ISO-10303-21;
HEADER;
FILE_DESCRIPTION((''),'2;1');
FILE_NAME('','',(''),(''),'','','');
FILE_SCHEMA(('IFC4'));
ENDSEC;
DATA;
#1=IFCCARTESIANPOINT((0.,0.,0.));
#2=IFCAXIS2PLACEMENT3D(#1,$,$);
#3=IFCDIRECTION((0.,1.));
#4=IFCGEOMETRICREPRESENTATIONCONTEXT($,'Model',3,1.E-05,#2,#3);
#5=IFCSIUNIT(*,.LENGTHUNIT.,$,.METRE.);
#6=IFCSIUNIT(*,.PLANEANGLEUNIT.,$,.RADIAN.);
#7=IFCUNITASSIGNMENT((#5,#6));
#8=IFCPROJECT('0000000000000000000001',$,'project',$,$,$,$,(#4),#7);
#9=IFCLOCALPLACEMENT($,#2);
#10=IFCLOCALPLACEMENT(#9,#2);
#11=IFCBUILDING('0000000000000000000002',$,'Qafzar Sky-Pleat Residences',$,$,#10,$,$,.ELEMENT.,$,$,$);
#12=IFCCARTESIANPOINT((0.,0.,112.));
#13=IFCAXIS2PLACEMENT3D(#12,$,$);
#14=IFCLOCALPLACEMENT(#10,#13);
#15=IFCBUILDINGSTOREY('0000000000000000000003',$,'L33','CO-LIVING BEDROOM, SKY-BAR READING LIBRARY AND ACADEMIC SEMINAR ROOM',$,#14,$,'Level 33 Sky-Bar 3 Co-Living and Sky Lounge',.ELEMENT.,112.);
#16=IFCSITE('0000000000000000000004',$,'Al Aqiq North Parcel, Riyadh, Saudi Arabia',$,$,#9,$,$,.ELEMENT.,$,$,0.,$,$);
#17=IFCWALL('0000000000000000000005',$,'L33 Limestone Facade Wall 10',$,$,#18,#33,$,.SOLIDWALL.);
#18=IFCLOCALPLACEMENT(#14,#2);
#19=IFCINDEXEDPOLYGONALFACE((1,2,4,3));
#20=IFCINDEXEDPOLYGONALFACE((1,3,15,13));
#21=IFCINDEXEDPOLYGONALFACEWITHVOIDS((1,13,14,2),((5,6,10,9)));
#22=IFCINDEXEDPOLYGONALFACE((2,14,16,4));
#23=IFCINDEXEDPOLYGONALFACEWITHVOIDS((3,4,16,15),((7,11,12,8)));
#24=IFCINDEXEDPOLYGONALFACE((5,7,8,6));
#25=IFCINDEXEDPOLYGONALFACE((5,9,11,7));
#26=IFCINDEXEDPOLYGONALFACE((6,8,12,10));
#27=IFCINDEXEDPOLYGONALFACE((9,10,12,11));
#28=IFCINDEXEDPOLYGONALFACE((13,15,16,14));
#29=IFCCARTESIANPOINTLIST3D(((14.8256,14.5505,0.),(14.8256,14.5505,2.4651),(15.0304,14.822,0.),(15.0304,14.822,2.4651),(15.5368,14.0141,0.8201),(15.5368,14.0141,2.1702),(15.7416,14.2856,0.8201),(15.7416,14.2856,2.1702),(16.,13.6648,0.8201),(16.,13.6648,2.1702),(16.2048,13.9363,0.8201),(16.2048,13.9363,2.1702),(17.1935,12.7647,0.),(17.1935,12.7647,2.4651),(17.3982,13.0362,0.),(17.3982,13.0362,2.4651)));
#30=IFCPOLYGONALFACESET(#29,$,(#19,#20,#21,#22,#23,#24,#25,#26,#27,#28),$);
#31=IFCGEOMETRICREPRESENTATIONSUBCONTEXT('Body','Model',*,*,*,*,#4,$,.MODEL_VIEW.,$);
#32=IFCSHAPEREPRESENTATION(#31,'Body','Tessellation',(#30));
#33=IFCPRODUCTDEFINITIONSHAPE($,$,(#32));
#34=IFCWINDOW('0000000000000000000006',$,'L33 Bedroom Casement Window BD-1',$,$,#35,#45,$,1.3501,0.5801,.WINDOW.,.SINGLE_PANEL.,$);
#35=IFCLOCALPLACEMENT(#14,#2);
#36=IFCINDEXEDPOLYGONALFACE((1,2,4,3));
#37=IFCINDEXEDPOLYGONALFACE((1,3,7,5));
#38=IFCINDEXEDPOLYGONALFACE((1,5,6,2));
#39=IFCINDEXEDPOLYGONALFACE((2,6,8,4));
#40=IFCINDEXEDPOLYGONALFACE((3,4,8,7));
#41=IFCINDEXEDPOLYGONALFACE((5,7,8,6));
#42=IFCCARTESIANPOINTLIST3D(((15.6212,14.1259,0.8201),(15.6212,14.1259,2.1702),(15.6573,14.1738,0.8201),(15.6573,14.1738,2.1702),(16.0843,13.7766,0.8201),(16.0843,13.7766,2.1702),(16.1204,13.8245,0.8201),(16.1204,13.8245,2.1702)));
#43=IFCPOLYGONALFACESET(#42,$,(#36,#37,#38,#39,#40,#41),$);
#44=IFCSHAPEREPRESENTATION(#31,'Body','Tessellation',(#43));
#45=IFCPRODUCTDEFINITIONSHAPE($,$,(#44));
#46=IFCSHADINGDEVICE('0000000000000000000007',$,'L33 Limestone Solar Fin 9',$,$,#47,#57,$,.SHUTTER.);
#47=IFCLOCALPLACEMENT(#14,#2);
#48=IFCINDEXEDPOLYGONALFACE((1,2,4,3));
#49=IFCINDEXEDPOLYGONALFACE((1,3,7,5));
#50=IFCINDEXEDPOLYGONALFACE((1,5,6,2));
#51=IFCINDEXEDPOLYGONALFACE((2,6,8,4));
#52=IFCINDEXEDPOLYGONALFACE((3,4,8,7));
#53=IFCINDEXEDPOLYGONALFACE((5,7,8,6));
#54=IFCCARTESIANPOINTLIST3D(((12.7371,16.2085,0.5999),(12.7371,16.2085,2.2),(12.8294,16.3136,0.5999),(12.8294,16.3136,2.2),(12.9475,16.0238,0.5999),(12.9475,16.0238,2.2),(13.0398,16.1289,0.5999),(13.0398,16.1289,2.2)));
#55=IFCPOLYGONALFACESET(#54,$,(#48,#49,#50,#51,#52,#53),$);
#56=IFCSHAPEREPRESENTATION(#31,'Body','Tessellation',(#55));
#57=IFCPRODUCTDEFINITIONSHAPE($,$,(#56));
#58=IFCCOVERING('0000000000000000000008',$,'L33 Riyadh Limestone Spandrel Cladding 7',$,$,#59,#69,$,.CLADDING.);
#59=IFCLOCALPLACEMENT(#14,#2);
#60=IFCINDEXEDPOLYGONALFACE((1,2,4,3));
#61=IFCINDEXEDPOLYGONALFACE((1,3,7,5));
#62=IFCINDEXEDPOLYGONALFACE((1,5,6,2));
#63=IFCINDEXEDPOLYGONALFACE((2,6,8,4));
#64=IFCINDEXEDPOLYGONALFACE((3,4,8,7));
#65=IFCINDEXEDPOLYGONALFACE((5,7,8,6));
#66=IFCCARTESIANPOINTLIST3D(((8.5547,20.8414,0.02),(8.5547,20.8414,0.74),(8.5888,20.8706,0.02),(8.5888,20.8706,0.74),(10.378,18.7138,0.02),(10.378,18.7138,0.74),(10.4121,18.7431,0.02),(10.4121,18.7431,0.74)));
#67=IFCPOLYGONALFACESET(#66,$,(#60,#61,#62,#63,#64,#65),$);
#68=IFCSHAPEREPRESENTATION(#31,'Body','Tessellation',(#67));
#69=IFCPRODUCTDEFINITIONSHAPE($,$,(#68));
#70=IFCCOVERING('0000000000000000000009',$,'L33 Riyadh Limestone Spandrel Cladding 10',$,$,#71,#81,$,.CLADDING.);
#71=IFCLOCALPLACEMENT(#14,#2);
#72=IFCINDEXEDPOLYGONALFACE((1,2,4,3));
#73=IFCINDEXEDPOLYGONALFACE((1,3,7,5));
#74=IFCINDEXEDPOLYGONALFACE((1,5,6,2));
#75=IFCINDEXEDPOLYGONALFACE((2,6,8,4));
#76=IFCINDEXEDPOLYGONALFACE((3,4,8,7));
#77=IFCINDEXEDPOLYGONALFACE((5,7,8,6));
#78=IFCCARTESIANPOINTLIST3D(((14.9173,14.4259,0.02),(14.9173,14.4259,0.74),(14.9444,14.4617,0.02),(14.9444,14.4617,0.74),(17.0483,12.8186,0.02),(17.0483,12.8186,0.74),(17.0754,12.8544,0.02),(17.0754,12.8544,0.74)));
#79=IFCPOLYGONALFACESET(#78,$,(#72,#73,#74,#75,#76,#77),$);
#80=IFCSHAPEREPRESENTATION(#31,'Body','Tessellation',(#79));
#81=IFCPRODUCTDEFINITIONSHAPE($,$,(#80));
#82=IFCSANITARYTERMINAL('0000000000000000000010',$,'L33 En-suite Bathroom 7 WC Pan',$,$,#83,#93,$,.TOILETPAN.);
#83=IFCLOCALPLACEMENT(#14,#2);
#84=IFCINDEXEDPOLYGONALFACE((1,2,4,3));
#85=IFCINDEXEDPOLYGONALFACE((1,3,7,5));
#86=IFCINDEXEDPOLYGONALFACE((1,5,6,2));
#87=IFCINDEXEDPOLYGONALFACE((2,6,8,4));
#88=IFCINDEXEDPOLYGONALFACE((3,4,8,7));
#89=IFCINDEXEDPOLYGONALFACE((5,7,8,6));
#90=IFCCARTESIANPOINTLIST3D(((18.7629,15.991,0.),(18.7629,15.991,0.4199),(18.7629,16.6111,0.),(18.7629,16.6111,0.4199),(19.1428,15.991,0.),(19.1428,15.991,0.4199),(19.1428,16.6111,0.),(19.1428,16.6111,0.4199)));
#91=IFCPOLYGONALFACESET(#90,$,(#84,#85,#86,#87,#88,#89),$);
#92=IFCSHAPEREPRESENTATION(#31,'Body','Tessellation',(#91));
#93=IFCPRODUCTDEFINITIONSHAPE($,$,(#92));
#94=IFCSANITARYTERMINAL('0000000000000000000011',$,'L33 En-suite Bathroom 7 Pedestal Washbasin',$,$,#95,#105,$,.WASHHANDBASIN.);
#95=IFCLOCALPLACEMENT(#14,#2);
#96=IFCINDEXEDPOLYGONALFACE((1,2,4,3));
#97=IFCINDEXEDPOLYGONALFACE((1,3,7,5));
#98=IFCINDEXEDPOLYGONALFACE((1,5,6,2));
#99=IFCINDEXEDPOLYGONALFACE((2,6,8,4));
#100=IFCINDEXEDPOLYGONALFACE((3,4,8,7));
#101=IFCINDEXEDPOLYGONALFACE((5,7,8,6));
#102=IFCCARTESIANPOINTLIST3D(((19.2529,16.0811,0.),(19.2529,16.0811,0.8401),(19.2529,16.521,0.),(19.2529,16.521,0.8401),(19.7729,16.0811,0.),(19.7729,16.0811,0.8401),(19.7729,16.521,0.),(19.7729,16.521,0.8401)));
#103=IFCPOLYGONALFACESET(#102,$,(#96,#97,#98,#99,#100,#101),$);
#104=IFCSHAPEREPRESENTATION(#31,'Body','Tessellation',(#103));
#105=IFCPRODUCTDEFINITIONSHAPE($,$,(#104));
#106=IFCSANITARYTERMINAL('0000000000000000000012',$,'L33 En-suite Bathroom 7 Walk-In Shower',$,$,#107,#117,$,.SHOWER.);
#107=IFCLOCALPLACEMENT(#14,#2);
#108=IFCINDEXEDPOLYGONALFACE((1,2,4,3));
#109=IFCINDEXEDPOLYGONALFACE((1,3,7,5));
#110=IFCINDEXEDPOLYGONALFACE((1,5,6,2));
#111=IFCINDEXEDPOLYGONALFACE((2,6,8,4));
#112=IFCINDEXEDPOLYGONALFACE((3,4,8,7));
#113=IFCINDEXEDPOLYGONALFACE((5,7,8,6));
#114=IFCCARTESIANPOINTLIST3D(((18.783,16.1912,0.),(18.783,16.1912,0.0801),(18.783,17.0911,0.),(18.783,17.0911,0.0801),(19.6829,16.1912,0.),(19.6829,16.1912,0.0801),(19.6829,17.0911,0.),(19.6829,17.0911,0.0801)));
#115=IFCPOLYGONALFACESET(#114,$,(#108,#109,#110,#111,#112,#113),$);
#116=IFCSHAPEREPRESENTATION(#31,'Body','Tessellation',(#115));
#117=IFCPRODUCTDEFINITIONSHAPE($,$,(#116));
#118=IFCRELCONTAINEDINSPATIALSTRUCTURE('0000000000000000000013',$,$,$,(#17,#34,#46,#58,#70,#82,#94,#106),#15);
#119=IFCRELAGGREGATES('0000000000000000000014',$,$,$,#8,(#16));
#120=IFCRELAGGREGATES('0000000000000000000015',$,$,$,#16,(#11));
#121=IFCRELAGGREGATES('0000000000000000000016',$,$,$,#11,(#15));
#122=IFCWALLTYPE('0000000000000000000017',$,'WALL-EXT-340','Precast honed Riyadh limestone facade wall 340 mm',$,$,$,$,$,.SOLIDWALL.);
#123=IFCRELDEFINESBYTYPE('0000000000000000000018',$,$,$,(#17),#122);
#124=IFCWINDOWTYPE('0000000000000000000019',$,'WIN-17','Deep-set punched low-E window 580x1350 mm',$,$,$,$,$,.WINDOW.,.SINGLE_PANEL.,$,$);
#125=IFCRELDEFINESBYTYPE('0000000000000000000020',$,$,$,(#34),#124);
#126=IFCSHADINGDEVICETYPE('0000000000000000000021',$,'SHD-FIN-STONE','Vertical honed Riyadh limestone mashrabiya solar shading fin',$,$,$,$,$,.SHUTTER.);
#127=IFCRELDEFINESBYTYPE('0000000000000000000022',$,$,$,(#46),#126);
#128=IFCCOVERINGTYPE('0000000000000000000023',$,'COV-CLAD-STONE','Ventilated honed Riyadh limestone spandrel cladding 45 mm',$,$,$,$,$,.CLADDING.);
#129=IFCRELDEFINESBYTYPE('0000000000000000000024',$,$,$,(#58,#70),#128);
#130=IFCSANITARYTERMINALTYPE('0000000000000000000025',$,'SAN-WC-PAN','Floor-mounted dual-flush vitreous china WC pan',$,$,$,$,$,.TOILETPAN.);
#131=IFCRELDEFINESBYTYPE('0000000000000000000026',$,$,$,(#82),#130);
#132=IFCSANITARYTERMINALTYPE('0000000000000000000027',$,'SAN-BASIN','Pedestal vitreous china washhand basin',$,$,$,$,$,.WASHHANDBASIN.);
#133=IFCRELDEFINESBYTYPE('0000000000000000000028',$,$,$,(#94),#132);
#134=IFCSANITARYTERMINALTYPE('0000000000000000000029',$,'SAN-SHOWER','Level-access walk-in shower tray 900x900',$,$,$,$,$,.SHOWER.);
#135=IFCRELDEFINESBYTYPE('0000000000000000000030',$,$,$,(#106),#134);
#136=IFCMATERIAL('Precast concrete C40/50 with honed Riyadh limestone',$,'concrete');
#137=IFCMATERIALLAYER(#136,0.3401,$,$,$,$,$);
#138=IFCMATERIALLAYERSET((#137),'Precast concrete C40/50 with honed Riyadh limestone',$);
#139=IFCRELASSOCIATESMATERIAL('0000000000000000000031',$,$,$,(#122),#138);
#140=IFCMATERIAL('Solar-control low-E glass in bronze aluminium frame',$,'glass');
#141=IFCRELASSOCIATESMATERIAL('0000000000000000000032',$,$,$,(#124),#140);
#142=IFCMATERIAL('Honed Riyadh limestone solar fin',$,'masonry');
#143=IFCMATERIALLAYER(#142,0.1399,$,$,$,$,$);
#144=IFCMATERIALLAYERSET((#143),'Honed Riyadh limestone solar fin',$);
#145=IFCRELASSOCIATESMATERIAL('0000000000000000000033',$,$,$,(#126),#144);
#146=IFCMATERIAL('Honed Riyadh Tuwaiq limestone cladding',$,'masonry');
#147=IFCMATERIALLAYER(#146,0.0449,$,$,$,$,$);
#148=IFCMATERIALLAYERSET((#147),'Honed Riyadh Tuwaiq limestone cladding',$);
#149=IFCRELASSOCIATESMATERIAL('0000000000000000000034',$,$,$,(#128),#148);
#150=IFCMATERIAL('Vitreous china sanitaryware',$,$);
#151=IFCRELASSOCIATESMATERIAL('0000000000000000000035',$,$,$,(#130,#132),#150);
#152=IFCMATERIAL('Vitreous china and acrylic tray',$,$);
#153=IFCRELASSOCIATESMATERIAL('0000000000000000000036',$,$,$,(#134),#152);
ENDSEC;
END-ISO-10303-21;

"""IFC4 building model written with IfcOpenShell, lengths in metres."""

from ifc_helpers import new_model, si_unit, direction, frame, frame_2d, origin, origin_2d, place, context, subcontext, project, spatial, rectangle, extrude, source, transform, mapped, material, layer, layer_set, type_object, element, fill, save


model = new_model("IFC4")

# Units and contexts
model_context = context("Model", 3, precision=1e-05, world=origin(), true_north=direction((0.0, 1.0)))
body_context = subcontext(model_context, "Body", "Model", "MODEL_VIEW")
ifc_project = project(units=[si_unit("LENGTHUNIT", "METRE"), si_unit("PLANEANGLEUNIT", "RADIAN")], contexts=[model_context])

# Site, building, storey
site_placement = place(None, origin())
site = spatial("IfcSite", under=ifc_project, at=site_placement, Name="Al Aqiq North Parcel, Riyadh, Saudi Arabia", CompositionType="ELEMENT", RefElevation=0.0)
building_placement = place(site_placement, origin())
building = spatial("IfcBuilding", under=site, at=building_placement, Name="Qafzar Sky-Pleat Residences", CompositionType="ELEMENT")
storey_placement = place(building_placement, frame((0.0, 0.0, 112.0)))
storey = spatial("IfcBuildingStorey", under=building, at=storey_placement, Name="L33", Description="CO-LIVING BEDROOM, SKY-BAR READING LIBRARY AND ACADEMIC SEMINAR ROOM", LongName="Level 33 Sky-Bar 3 Co-Living and Sky Lounge", CompositionType="ELEMENT", Elevation=112.0)

# Shared definitions
ifc_material_1 = material(Name="Precast concrete C40/50 with honed Riyadh limestone", Category="concrete")

# Wall, opening, window
ifc_layer_1 = layer(ifc_material_1, 0.3401)
ifc_layer_set_1 = layer_set([ifc_layer_1], Name="Precast concrete C40/50 with honed Riyadh limestone")
wall_type_1 = type_object("IfcWallType", Name="WALL-EXT-340", Description="Precast honed Riyadh limestone facade wall 340 mm", PredefinedType="SOLIDWALL", material=ifc_layer_set_1)
ifc_material_2 = material(Name="Solar-control low-E glass in bronze aluminium frame", Category="glass")
wall_1_placement = place(storey_placement, frame((14.928, 14.6863, 0.0), z_axis=(0.0, 0.0, 1.0), x_axis=(0.798387, -0.602145, 0.0)))
wall_1 = element("IfcWall", 1, at=wall_1_placement, inside=storey, type_object=wall_type_1, Name="L33 Limestone Facade Wall 10", PredefinedType="SOLIDWALL", context=body_context, shape_type="SweptSolid", body=[
    extrude(rectangle(XDim=2.9658, YDim=0.3401, at=frame_2d((1.4829, 0.0))), origin(), (0.0, 0.0, 1.0), 2.4651),
])
opening_1_placement = place(wall_1_placement, frame((0.8909, 0.0, 0.8201)))
opening_1 = element("IfcOpeningElement", 2, at=opening_1_placement, cuts=wall_1, PredefinedType="OPENING", context=body_context, shape_type="SweptSolid", body=[
    extrude(rectangle(XDim=0.5801, YDim=1.3501, at=frame_2d((0.29, 0.675))), frame((0.0, 0.1802, 0.0), z_axis=(0.0, -1.0, 0.0), x_axis=(1.0, 0.0, 0.0)), (0.0, 0.0, 1.0), 0.3601),
])
window_type_1 = type_object("IfcWindowType", Name="WIN-17", Description="Deep-set punched low-E window 580x1350 mm", PartitioningType="SINGLE_PANEL", PredefinedType="WINDOW", material=ifc_material_2)
shared_shape_1 = source(origin(), body_context, "Body", "SweptSolid", [
    extrude(rectangle(XDim=0.5801, YDim=1.3501, at=frame_2d((0.29, 0.675))), frame((0.0, 0.03, 0.0), z_axis=(0.0, -1.0, 0.0), x_axis=(1.0, 0.0, 0.0)), (0.0, 0.0, 1.0), 0.0601),
])
window_1_placement = place(opening_1_placement, origin())
window_1 = element("IfcWindow", 3, at=window_1_placement, inside=storey, type_object=window_type_1, Name="L33 Bedroom Casement Window BD-1", OverallHeight=1.3501, OverallWidth=0.5801, PartitioningType="SINGLE_PANEL", PredefinedType="WINDOW", context=body_context, shape_type="MappedRepresentation", body=[
    mapped(shared_shape_1, transform((0.0, 0.0, 0.0), x_axis=(1.0, 0.0, 0.0), y_axis=(0.0, 1.0, 0.0), z_axis=(0.0, 0.0, 1.0), scale=1.0)),
])
fill(opening_1, window_1)

# Shading device
ifc_material_3 = material(Name="Honed Riyadh limestone solar fin", Category="masonry")
ifc_layer_2 = layer(ifc_material_3, 0.1399)
ifc_layer_set_2 = layer_set([ifc_layer_2], Name="Honed Riyadh limestone solar fin")
shading_device_type = type_object("IfcShadingDeviceType", Name="SHD-FIN-STONE", Description="Vertical honed Riyadh limestone mashrabiya solar shading fin", PredefinedType="SHUTTER", material=ifc_layer_set_2)
shared_shape_2 = source(origin(), body_context, "Body", "SweptSolid", [
    extrude(rectangle(XDim=0.1399, YDim=0.28, at=origin_2d()), origin(), (0.0, 0.0, 1.0), 1.6001),
])
shading_device_placement = place(storey_placement, frame((12.8884, 16.1687, 0.5999), z_axis=(0.0, 0.0, 1.0), x_axis=(-0.659767, -0.75147, 0.0)))
element("IfcShadingDevice", 4, at=shading_device_placement, inside=storey, type_object=shading_device_type, Name="L33 Limestone Solar Fin 9", PredefinedType="SHUTTER", context=body_context, shape_type="MappedRepresentation", body=[
    mapped(shared_shape_2, transform((0.0, 0.0, 0.0), x_axis=(1.0, 0.0, 0.0), y_axis=(0.0, 1.0, 0.0), z_axis=(0.0, 0.0, 1.0), scale=1.0)),
])

# Coverings
ifc_material_4 = material(Name="Honed Riyadh Tuwaiq limestone cladding", Category="masonry")
ifc_layer_3 = layer(ifc_material_4, 0.0449)
ifc_layer_set_3 = layer_set([ifc_layer_3], Name="Honed Riyadh Tuwaiq limestone cladding")
covering_type = type_object("IfcCoveringType", Name="COV-CLAD-STONE", Description="Ventilated honed Riyadh limestone spandrel cladding 45 mm", PredefinedType="CLADDING", material=ifc_layer_set_3)
shared_shape_3 = source(origin(), body_context, "Body", "SweptSolid", [
    extrude(rectangle(XDim=2.802, YDim=0.0449, at=origin_2d()), origin(), (0.0, 0.0, 1.0), 0.72),
])
covering_1_placement = place(storey_placement, frame((9.4834, 19.7922, 0.02), z_axis=(0.0, 0.0, 1.0), x_axis=(0.650738, -0.759302, 0.0)))
element("IfcCovering", 5, at=covering_1_placement, inside=storey, type_object=covering_type, Name="L33 Riyadh Limestone Spandrel Cladding 7", PredefinedType="CLADDING", context=body_context, shape_type="MappedRepresentation", body=[
    mapped(shared_shape_3, transform((0.0, 0.0, 0.0), x_axis=(1.0, 0.0, 0.0), y_axis=(0.0, 1.0, 0.0), z_axis=(0.0, 0.0, 1.0), scale=1.0)),
])
shared_shape_4 = source(origin(), body_context, "Body", "SweptSolid", [
    extrude(rectangle(XDim=2.6692, YDim=0.0449, at=origin_2d()), origin(), (0.0, 0.0, 1.0), 0.72),
])
covering_2_placement = place(storey_placement, frame((15.9963, 13.6401, 0.02), z_axis=(0.0, 0.0, 1.0), x_axis=(0.798371, -0.602167, 0.0)))
element("IfcCovering", 6, at=covering_2_placement, inside=storey, type_object=covering_type, Name="L33 Riyadh Limestone Spandrel Cladding 10", PredefinedType="CLADDING", context=body_context, shape_type="MappedRepresentation", body=[
    mapped(shared_shape_4, transform((0.0, 0.0, 0.0), x_axis=(1.0, 0.0, 0.0), y_axis=(0.0, 1.0, 0.0), z_axis=(0.0, 0.0, 1.0), scale=1.0)),
])

# Sanitary terminals
ifc_material_5 = material(Name="Vitreous china sanitaryware")
sanitary_terminal_type_1 = type_object("IfcSanitaryTerminalType", Name="SAN-WC-PAN", Description="Floor-mounted dual-flush vitreous china WC pan", PredefinedType="TOILETPAN", material=ifc_material_5)
shared_shape_5 = source(origin(), body_context, "Body", "SweptSolid", [
    extrude(rectangle(XDim=0.3799, YDim=0.6201, at=origin_2d()), origin(), (0.0, 0.0, 1.0), 0.4199),
])
sanitary_terminal_1_placement = place(storey_placement, frame((18.9529, 16.301, 0.0), z_axis=(0.0, 0.0, 1.0), x_axis=(1.0, 0.0, 0.0)))
element("IfcSanitaryTerminal", 7, at=sanitary_terminal_1_placement, inside=storey, type_object=sanitary_terminal_type_1, Name="L33 En-suite Bathroom 7 WC Pan", PredefinedType="TOILETPAN", context=body_context, shape_type="MappedRepresentation", body=[
    mapped(shared_shape_5, transform((0.0, 0.0, 0.0), x_axis=(1.0, 0.0, 0.0), y_axis=(0.0, 1.0, 0.0), z_axis=(0.0, 0.0, 1.0), scale=1.0)),
])
sanitary_terminal_type_2 = type_object("IfcSanitaryTerminalType", Name="SAN-BASIN", Description="Pedestal vitreous china washhand basin", PredefinedType="WASHHANDBASIN", material=ifc_material_5)
shared_shape_6 = source(origin(), body_context, "Body", "SweptSolid", [
    extrude(rectangle(XDim=0.52, YDim=0.4399, at=origin_2d()), origin(), (0.0, 0.0, 1.0), 0.8401),
])
sanitary_terminal_2_placement = place(storey_placement, frame((19.5129, 16.301, 0.0), z_axis=(0.0, 0.0, 1.0), x_axis=(1.0, 0.0, 0.0)))
element("IfcSanitaryTerminal", 8, at=sanitary_terminal_2_placement, inside=storey, type_object=sanitary_terminal_type_2, Name="L33 En-suite Bathroom 7 Pedestal Washbasin", PredefinedType="WASHHANDBASIN", context=body_context, shape_type="MappedRepresentation", body=[
    mapped(shared_shape_6, transform((0.0, 0.0, 0.0), x_axis=(1.0, 0.0, 0.0), y_axis=(0.0, 1.0, 0.0), z_axis=(0.0, 0.0, 1.0), scale=1.0)),
])
ifc_material_6 = material(Name="Vitreous china and acrylic tray")
sanitary_terminal_type_3 = type_object("IfcSanitaryTerminalType", Name="SAN-SHOWER", Description="Level-access walk-in shower tray 900x900", PredefinedType="SHOWER", material=ifc_material_6)
shared_shape_7 = source(origin(), body_context, "Body", "SweptSolid", [
    extrude(rectangle(XDim=0.8999, YDim=0.8999, at=origin_2d()), origin(), (0.0, 0.0, 1.0), 0.0801),
])
sanitary_terminal_3_placement = place(storey_placement, frame((19.2329, 16.6411, 0.0), z_axis=(0.0, 0.0, 1.0), x_axis=(1.0, 0.0, 0.0)))
element("IfcSanitaryTerminal", 9, at=sanitary_terminal_3_placement, inside=storey, type_object=sanitary_terminal_type_3, Name="L33 En-suite Bathroom 7 Walk-In Shower", PredefinedType="SHOWER", context=body_context, shape_type="MappedRepresentation", body=[
    mapped(shared_shape_7, transform((0.0, 0.0, 0.0), x_axis=(1.0, 0.0, 0.0), y_axis=(0.0, 1.0, 0.0), z_axis=(0.0, 0.0, 1.0), scale=1.0)),
])

save(model, "model.ifc")
